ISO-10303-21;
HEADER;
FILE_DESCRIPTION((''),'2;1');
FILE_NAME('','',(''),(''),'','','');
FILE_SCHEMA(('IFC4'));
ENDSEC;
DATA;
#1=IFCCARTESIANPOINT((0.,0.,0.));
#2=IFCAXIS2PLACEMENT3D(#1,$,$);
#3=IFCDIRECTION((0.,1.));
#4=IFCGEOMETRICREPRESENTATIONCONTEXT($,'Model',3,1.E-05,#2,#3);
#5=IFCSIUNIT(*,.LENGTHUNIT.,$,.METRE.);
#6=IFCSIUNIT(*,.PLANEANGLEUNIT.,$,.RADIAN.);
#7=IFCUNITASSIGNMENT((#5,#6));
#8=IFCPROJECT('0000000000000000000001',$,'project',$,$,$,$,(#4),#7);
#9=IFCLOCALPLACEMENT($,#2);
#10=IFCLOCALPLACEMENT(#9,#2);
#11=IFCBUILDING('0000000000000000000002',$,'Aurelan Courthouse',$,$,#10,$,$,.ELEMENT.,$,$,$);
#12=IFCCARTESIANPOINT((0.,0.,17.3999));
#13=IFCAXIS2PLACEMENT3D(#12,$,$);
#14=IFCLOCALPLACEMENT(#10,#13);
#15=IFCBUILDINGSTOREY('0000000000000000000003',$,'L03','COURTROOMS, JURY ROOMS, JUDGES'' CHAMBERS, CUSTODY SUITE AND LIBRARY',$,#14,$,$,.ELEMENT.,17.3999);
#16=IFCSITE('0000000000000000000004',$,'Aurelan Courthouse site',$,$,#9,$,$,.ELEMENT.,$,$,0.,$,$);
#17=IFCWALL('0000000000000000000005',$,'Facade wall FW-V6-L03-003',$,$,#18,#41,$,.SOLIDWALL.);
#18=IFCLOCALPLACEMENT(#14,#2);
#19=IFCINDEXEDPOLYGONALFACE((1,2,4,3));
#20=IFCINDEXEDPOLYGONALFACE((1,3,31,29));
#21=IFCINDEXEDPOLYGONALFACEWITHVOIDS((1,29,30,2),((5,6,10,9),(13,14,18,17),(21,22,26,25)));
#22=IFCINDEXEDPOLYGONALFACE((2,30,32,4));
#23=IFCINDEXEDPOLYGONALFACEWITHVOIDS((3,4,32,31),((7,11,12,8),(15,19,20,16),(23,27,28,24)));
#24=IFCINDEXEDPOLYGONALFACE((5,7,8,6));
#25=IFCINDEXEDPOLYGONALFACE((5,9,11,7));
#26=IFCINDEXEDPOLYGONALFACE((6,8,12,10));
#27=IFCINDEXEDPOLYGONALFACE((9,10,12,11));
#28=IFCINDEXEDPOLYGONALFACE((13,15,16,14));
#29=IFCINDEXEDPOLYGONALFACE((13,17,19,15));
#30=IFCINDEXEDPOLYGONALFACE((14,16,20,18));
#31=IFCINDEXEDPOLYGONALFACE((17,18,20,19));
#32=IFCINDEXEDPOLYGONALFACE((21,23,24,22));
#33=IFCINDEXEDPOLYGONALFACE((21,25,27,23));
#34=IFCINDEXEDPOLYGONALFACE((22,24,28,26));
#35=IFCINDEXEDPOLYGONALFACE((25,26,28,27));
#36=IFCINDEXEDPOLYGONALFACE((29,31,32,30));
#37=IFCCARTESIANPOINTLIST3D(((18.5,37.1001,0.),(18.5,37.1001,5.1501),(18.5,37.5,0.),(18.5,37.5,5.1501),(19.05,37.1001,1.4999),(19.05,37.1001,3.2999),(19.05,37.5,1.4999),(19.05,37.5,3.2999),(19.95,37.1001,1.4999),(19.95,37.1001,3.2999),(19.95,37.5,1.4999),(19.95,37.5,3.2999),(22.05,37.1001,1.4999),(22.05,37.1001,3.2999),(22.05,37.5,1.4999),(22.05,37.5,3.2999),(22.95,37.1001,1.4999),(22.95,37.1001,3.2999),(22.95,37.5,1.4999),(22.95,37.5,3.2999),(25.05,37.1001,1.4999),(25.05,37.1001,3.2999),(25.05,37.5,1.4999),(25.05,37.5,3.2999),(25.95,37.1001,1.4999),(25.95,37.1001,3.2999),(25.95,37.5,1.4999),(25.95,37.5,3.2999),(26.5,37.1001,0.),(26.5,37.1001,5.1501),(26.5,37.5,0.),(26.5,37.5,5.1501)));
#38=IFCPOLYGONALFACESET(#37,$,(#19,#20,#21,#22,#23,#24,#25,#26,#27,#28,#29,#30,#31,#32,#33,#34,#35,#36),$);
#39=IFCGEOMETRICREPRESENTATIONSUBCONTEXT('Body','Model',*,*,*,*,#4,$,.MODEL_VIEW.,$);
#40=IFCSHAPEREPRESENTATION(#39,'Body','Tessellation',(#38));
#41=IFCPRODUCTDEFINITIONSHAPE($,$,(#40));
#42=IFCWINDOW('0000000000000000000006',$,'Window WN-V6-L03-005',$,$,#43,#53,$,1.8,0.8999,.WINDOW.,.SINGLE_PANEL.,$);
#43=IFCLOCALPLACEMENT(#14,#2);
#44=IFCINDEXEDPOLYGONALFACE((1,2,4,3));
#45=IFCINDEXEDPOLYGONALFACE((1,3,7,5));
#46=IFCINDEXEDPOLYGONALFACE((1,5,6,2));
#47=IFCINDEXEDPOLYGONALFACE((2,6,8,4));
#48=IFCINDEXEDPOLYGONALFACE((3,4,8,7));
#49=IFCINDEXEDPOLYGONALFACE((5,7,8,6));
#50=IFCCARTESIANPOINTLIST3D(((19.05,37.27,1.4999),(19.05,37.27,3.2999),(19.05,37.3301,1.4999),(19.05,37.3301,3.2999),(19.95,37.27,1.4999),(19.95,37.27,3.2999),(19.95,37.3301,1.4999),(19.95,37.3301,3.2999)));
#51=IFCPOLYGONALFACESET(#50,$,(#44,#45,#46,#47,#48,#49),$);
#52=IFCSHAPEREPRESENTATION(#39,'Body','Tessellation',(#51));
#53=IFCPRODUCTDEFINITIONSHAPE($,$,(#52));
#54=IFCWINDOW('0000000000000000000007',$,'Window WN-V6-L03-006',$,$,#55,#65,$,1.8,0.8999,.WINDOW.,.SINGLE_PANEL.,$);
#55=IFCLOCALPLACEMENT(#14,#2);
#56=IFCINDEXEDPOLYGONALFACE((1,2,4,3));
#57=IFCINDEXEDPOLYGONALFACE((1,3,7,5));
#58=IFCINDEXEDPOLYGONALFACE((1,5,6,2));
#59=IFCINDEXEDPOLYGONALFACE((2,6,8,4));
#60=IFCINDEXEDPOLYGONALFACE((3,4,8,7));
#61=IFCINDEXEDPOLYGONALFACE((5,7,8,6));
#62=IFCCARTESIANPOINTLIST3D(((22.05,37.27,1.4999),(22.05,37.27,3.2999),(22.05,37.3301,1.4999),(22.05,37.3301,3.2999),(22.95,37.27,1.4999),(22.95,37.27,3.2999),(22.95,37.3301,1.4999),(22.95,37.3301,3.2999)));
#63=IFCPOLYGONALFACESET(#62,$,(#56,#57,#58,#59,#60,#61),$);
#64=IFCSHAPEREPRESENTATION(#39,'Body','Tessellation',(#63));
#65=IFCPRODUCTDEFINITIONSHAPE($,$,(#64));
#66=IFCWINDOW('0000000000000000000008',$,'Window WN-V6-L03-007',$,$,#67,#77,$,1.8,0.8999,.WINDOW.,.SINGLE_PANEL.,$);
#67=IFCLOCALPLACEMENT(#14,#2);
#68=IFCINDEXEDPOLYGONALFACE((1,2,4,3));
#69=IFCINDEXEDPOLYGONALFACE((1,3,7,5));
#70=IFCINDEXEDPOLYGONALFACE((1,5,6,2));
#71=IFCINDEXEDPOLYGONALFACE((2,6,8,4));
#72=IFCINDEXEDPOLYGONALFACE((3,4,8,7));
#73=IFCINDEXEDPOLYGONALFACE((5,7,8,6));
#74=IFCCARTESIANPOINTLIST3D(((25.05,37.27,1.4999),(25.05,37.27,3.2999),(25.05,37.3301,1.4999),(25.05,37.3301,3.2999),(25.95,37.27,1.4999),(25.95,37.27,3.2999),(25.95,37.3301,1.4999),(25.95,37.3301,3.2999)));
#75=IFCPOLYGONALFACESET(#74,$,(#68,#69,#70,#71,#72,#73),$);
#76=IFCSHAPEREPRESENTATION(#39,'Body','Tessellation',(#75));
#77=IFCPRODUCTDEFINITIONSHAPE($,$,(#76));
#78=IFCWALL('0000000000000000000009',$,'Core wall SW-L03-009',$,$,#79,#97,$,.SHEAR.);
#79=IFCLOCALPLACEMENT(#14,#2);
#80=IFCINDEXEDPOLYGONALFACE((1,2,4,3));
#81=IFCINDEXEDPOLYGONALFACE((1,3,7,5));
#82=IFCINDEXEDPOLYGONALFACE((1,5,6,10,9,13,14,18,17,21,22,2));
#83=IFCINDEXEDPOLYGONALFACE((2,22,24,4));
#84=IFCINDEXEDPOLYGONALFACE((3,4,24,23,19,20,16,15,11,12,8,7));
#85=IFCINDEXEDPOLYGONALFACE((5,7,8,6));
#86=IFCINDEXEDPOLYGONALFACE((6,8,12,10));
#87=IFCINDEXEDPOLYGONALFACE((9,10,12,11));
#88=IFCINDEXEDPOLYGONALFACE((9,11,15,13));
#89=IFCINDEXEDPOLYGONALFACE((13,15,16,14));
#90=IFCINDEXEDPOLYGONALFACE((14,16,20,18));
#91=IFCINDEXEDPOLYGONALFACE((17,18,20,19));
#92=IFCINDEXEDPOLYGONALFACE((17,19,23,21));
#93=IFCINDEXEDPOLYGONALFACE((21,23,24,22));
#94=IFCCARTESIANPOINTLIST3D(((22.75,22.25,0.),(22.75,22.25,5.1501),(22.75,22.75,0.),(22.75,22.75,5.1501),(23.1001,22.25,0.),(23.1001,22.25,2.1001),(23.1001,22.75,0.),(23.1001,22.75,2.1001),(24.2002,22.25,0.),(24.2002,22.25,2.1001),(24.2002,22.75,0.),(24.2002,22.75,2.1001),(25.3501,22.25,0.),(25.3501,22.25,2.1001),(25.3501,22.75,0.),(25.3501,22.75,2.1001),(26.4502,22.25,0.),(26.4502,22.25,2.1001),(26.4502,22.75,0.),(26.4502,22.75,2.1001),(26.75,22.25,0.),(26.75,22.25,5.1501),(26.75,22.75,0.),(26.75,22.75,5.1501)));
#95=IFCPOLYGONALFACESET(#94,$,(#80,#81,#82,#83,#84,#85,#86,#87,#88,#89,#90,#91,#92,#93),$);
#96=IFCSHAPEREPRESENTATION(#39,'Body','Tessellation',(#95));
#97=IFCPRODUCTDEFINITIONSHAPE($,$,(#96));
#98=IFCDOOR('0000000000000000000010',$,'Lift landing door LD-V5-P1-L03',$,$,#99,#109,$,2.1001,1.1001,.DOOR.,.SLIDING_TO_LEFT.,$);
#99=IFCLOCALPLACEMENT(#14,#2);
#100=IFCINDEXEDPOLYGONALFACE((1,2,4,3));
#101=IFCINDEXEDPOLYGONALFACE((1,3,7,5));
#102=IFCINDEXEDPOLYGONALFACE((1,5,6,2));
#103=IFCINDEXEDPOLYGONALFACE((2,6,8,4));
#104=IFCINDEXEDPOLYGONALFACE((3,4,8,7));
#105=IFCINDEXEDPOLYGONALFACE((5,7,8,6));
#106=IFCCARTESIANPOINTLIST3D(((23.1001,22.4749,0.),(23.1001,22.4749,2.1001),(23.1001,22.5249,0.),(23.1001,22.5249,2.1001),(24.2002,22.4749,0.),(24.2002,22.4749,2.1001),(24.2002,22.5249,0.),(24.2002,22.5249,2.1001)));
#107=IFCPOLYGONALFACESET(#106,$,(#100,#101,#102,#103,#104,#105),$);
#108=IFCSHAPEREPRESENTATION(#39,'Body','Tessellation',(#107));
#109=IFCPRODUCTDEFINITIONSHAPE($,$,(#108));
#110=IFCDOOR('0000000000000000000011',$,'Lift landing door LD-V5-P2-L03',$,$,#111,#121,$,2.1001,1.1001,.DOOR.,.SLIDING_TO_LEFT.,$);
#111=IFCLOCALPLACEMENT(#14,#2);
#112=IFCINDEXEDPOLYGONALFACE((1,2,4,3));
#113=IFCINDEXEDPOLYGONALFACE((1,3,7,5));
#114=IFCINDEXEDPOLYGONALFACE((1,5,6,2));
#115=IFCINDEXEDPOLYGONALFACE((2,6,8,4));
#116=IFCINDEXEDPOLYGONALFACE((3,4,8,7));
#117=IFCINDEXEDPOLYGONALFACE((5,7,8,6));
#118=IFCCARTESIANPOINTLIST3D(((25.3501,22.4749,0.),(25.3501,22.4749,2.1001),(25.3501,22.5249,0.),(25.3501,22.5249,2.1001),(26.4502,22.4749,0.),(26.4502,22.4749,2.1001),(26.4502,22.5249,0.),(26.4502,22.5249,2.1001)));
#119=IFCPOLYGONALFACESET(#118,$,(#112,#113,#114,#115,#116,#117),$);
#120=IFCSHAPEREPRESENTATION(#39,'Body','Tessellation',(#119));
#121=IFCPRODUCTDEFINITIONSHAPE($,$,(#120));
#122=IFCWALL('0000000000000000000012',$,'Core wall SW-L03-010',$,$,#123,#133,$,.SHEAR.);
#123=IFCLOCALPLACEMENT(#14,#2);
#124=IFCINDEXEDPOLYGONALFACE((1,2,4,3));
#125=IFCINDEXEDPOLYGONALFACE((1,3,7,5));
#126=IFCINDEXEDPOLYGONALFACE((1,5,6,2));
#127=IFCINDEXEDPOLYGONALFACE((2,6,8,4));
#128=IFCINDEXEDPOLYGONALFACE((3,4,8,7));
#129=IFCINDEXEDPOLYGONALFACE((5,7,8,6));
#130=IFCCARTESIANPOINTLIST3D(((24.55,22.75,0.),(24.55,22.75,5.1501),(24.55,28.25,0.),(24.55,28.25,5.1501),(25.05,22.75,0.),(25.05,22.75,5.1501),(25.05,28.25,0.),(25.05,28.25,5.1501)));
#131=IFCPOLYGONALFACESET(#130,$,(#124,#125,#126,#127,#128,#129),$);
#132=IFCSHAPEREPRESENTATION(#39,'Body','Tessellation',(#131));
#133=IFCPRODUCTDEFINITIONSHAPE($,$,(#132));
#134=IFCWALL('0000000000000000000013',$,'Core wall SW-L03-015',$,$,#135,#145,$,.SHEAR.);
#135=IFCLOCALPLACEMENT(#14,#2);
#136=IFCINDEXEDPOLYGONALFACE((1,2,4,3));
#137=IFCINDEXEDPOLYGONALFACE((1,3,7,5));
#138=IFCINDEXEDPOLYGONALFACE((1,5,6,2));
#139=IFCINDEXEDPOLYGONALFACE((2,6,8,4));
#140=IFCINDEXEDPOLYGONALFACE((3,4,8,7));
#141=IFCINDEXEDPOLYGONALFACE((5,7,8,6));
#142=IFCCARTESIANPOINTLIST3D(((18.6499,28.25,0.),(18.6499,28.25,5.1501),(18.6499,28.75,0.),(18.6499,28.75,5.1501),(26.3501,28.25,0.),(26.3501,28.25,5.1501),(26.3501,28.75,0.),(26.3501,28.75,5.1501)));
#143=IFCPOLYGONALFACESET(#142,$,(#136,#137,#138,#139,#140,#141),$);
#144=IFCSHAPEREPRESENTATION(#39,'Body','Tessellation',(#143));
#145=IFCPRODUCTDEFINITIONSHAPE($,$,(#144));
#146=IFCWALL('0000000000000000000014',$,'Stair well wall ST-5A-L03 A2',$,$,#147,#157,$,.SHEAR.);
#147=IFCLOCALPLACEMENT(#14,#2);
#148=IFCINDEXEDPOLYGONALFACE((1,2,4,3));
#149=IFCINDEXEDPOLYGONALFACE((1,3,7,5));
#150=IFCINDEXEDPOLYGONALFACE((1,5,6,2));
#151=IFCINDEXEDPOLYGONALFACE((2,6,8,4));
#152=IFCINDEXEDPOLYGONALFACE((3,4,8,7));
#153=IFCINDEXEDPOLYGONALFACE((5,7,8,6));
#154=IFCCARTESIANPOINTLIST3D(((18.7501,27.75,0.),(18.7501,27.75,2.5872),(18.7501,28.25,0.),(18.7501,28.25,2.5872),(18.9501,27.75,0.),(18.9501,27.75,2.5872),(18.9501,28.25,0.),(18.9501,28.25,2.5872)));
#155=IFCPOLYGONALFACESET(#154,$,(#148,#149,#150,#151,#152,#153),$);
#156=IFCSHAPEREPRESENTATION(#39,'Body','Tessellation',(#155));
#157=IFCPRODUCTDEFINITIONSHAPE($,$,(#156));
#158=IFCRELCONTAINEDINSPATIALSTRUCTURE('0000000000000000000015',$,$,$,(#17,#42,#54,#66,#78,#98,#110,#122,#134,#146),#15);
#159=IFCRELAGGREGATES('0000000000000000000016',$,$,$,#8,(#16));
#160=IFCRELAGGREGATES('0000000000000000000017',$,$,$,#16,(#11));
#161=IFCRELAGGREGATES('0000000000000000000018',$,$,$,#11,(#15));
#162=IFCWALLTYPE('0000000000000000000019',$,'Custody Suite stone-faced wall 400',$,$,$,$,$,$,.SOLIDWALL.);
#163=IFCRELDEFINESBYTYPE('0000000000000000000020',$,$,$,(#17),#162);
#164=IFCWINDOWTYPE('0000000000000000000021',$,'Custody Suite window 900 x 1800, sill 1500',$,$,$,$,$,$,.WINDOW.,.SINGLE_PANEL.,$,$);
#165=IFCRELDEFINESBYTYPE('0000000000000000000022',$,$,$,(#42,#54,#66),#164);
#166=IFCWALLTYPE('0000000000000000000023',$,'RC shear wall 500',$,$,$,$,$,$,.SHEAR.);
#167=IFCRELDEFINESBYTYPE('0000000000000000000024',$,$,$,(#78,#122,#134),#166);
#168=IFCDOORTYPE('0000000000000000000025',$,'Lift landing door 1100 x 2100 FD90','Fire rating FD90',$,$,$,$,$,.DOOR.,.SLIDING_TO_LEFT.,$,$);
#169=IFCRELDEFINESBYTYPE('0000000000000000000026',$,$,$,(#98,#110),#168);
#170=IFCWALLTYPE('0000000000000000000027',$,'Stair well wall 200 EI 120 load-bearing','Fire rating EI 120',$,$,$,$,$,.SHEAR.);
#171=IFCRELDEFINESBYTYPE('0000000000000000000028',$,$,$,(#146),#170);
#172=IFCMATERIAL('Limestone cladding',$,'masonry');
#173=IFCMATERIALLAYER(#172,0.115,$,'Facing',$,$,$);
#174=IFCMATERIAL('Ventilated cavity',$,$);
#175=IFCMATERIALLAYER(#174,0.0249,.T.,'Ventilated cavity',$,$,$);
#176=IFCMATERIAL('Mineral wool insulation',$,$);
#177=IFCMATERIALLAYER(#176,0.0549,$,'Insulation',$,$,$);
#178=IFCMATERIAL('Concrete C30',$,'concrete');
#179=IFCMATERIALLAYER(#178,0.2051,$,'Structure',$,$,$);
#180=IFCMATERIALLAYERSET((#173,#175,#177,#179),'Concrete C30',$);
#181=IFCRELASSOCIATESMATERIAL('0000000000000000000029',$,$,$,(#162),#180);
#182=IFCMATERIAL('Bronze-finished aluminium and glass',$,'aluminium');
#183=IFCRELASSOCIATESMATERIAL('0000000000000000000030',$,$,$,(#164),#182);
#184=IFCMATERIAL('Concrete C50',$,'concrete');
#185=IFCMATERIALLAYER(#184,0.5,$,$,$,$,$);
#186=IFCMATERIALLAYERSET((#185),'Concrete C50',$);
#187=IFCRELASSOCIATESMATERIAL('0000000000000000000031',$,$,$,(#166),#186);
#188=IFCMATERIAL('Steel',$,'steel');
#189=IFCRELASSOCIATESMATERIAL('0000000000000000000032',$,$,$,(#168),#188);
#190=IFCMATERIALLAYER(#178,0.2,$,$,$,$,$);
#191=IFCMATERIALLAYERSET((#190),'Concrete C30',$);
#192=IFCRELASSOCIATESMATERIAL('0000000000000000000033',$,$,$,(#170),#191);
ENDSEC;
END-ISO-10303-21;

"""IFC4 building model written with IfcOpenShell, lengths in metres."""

from ifc_helpers import new_model, si_unit, direction, frame, frame_2d, origin, place, context, subcontext, project, spatial, rectangle, extrude, material, layer, layer_set, type_object, element, fill, save


model = new_model("IFC4")

# Units and contexts
model_context = context("Model", 3, precision=1e-05, world=origin(), true_north=direction((0.0, 1.0)))
body_context = subcontext(model_context, "Body", "Model", "MODEL_VIEW")
ifc_project = project(units=[si_unit("LENGTHUNIT", "METRE"), si_unit("PLANEANGLEUNIT", "RADIAN")], contexts=[model_context])

# Site, building, storey
site_placement = place(None, origin())
site = spatial("IfcSite", under=ifc_project, at=site_placement, Name="Aurelan Courthouse site", CompositionType="ELEMENT", RefElevation=0.0)
building_placement = place(site_placement, origin())
building = spatial("IfcBuilding", under=site, at=building_placement, Name="Aurelan Courthouse", CompositionType="ELEMENT")
storey_placement = place(building_placement, frame((0.0, 0.0, 17.3999)))
storey = spatial("IfcBuildingStorey", under=building, at=storey_placement, Name="L03", Description="COURTROOMS, JURY ROOMS, JUDGES' CHAMBERS, CUSTODY SUITE AND LIBRARY", CompositionType="ELEMENT", Elevation=17.3999)

# Shared definitions
ifc_material_1 = material(Name="Concrete C50", Category="concrete")

# Shared definitions
ifc_material_2 = material(Name="Limestone cladding", Category="masonry")
ifc_material_3 = material(Name="Ventilated cavity")
ifc_material_4 = material(Name="Mineral wool insulation")
ifc_material_5 = material(Name="Concrete C30", Category="concrete")

# Shared definitions
ifc_layer_1 = layer(ifc_material_2, 0.115, Name="Facing")
ifc_layer_2 = layer(ifc_material_3, 0.0249, ventilated=True, Name="Ventilated cavity")
ifc_layer_3 = layer(ifc_material_4, 0.0549, Name="Insulation")
ifc_layer_4 = layer(ifc_material_5, 0.2051, Name="Structure")
ifc_layer_set_1 = layer_set([ifc_layer_1, ifc_layer_2, ifc_layer_3, ifc_layer_4], Name="Concrete C30")
wall_type_1 = type_object("IfcWallType", Name="Custody Suite stone-faced wall 400", PredefinedType="SOLIDWALL", material=ifc_layer_set_1)

# Wall, openings, windows
wall_1_placement = place(storey_placement, frame((18.5, 37.3, 0.0), z_axis=(0.0, 0.0, 1.0), x_axis=(1.0, 0.0, 0.0)))
wall_1 = element("IfcWall", 1, at=wall_1_placement, inside=storey, type_object=wall_type_1, Name="Facade wall FW-V6-L03-003", PredefinedType="SOLIDWALL", context=body_context, shape_type="SweptSolid", body=[
    extrude(rectangle(XDim=8.0, YDim=0.3999, at=frame_2d((4.0, 0.0))), origin(), (0.0, 0.0, 1.0), 5.1501),
])
opening_1_placement = place(wall_1_placement, frame((0.55, 0.0, 1.5)))
opening_1 = element("IfcOpeningElement", 2, at=opening_1_placement, cuts=wall_1, PredefinedType="OPENING", context=body_context, shape_type="SweptSolid", body=[
    extrude(rectangle(XDim=0.8999, YDim=1.8, at=frame_2d((0.45, 0.8999))), frame((0.0, 0.21, 0.0), z_axis=(0.0, -1.0, 0.0), x_axis=(1.0, 0.0, 0.0)), (0.0, 0.0, 1.0), 0.4199),
])
opening_2_placement = place(wall_1_placement, frame((3.55, 0.0, 1.5)))
opening_2 = element("IfcOpeningElement", 3, at=opening_2_placement, cuts=wall_1, PredefinedType="OPENING", context=body_context, shape_type="SweptSolid", body=[
    extrude(rectangle(XDim=0.8999, YDim=1.8, at=frame_2d((0.45, 0.8999))), frame((0.0, 0.21, 0.0), z_axis=(0.0, -1.0, 0.0), x_axis=(1.0, 0.0, 0.0)), (0.0, 0.0, 1.0), 0.4199),
])
opening_3_placement = place(wall_1_placement, frame((6.55, 0.0, 1.5)))
opening_3 = element("IfcOpeningElement", 4, at=opening_3_placement, cuts=wall_1, PredefinedType="OPENING", context=body_context, shape_type="SweptSolid", body=[
    extrude(rectangle(XDim=0.8999, YDim=1.8, at=frame_2d((0.45, 0.8999))), frame((0.0, 0.21, 0.0), z_axis=(0.0, -1.0, 0.0), x_axis=(1.0, 0.0, 0.0)), (0.0, 0.0, 1.0), 0.4199),
])
ifc_material_6 = material(Name="Bronze-finished aluminium and glass", Category="aluminium")
window_type_1 = type_object("IfcWindowType", Name="Custody Suite window 900 x 1800, sill 1500", PartitioningType="SINGLE_PANEL", PredefinedType="WINDOW", material=ifc_material_6)
window_1_placement = place(opening_1_placement, origin())
window_1 = element("IfcWindow", 5, at=window_1_placement, inside=storey, type_object=window_type_1, Name="Window WN-V6-L03-005", OverallHeight=1.8, OverallWidth=0.8999, PartitioningType="SINGLE_PANEL", PredefinedType="WINDOW", context=body_context, shape_type="SweptSolid", body=[
    extrude(rectangle(XDim=0.8999, YDim=1.8, at=frame_2d((0.45, 0.8999))), frame((0.0, 0.03, 0.0), z_axis=(0.0, -1.0, 0.0), x_axis=(1.0, 0.0, 0.0)), (0.0, 0.0, 1.0), 0.0601),
])
fill(opening_1, window_1)
window_2_placement = place(opening_2_placement, origin())
window_2 = element("IfcWindow", 6, at=window_2_placement, inside=storey, type_object=window_type_1, Name="Window WN-V6-L03-006", OverallHeight=1.8, OverallWidth=0.8999, PartitioningType="SINGLE_PANEL", PredefinedType="WINDOW", context=body_context, shape_type="SweptSolid", body=[
    extrude(rectangle(XDim=0.8999, YDim=1.8, at=frame_2d((0.45, 0.8999))), frame((0.0, 0.03, 0.0), z_axis=(0.0, -1.0, 0.0), x_axis=(1.0, 0.0, 0.0)), (0.0, 0.0, 1.0), 0.0601),
])
fill(opening_2, window_2)
window_3_placement = place(opening_3_placement, origin())
window_3 = element("IfcWindow", 7, at=window_3_placement, inside=storey, type_object=window_type_1, Name="Window WN-V6-L03-007", OverallHeight=1.8, OverallWidth=0.8999, PartitioningType="SINGLE_PANEL", PredefinedType="WINDOW", context=body_context, shape_type="SweptSolid", body=[
    extrude(rectangle(XDim=0.8999, YDim=1.8, at=frame_2d((0.45, 0.8999))), frame((0.0, 0.03, 0.0), z_axis=(0.0, -1.0, 0.0), x_axis=(1.0, 0.0, 0.0)), (0.0, 0.0, 1.0), 0.0601),
])
fill(opening_3, window_3)

# Wall, openings, doors
ifc_layer_5 = layer(ifc_material_1, 0.5)
ifc_layer_set_2 = layer_set([ifc_layer_5], Name="Concrete C50")
wall_type_2 = type_object("IfcWallType", Name="RC shear wall 500", PredefinedType="SHEAR", material=ifc_layer_set_2)
wall_2_placement = place(storey_placement, frame((22.75, 22.5, 0.0), z_axis=(0.0, 0.0, 1.0), x_axis=(1.0, 0.0, 0.0)))
wall_2 = element("IfcWall", 8, at=wall_2_placement, inside=storey, type_object=wall_type_2, Name="Core wall SW-L03-009", PredefinedType="SHEAR", context=body_context, shape_type="SweptSolid", body=[
    extrude(rectangle(XDim=4.0, YDim=0.5, at=frame_2d((2.0, 0.0))), origin(), (0.0, 0.0, 1.0), 5.1501),
])
opening_4_placement = place(wall_2_placement, frame((0.3501, 0.0, 0.0)))
opening_4 = element("IfcOpeningElement", 9, at=opening_4_placement, cuts=wall_2, PredefinedType="OPENING", context=body_context, shape_type="SweptSolid", body=[
    extrude(rectangle(XDim=1.1001, YDim=2.1001, at=frame_2d((0.55, 1.05))), frame((0.0, 0.26, 0.0), z_axis=(0.0, -1.0, 0.0), x_axis=(1.0, 0.0, 0.0)), (0.0, 0.0, 1.0), 0.52),
])
opening_5_placement = place(wall_2_placement, frame((2.6001, 0.0, 0.0)))
opening_5 = element("IfcOpeningElement", 10, at=opening_5_placement, cuts=wall_2, PredefinedType="OPENING", context=body_context, shape_type="SweptSolid", body=[
    extrude(rectangle(XDim=1.1001, YDim=2.1001, at=frame_2d((0.55, 1.05))), frame((0.0, 0.26, 0.0), z_axis=(0.0, -1.0, 0.0), x_axis=(1.0, 0.0, 0.0)), (0.0, 0.0, 1.0), 0.52),
])
ifc_material_7 = material(Name="Steel", Category="steel")
door_type = type_object("IfcDoorType", Name="Lift landing door 1100 x 2100 FD90", Description="Fire rating FD90", OperationType="SLIDING_TO_LEFT", PredefinedType="DOOR", material=ifc_material_7)
door_1_placement = place(opening_4_placement, origin())
door_1 = element("IfcDoor", 11, at=door_1_placement, inside=storey, type_object=door_type, Name="Lift landing door LD-V5-P1-L03", OperationType="SLIDING_TO_LEFT", OverallHeight=2.1001, OverallWidth=1.1001, PredefinedType="DOOR", context=body_context, shape_type="SweptSolid", body=[
    extrude(rectangle(XDim=1.1001, YDim=2.1001, at=frame_2d((0.55, 1.05))), frame((0.0, 0.0249, 0.0), z_axis=(0.0, -1.0, 0.0), x_axis=(1.0, 0.0, 0.0)), (0.0, 0.0, 1.0), 0.05),
])
fill(opening_4, door_1)
door_2_placement = place(opening_5_placement, origin())
door_2 = element("IfcDoor", 12, at=door_2_placement, inside=storey, type_object=door_type, Name="Lift landing door LD-V5-P2-L03", OperationType="SLIDING_TO_LEFT", OverallHeight=2.1001, OverallWidth=1.1001, PredefinedType="DOOR", context=body_context, shape_type="SweptSolid", body=[
    extrude(rectangle(XDim=1.1001, YDim=2.1001, at=frame_2d((0.55, 1.05))), frame((0.0, 0.0249, 0.0), z_axis=(0.0, -1.0, 0.0), x_axis=(1.0, 0.0, 0.0)), (0.0, 0.0, 1.0), 0.05),
])
fill(opening_5, door_2)

# Walls
wall_3_placement = place(storey_placement, frame((24.8, 22.75, 0.0), z_axis=(0.0, 0.0, 1.0), x_axis=(0.0, 1.0, 0.0)))
element("IfcWall", 13, at=wall_3_placement, inside=storey, type_object=wall_type_2, Name="Core wall SW-L03-010", PredefinedType="SHEAR", context=body_context, shape_type="SweptSolid", body=[
    extrude(rectangle(XDim=5.5, YDim=0.5, at=frame_2d((2.75, 0.0))), origin(), (0.0, 0.0, 1.0), 5.1501),
])
wall_4_placement = place(storey_placement, frame((18.6499, 28.5, 0.0), z_axis=(0.0, 0.0, 1.0), x_axis=(1.0, 0.0, 0.0)))
element("IfcWall", 14, at=wall_4_placement, inside=storey, type_object=wall_type_2, Name="Core wall SW-L03-015", PredefinedType="SHEAR", context=body_context, shape_type="SweptSolid", body=[
    extrude(rectangle(XDim=7.7002, YDim=0.5, at=frame_2d((3.8501, 0.0))), origin(), (0.0, 0.0, 1.0), 5.1501),
])
ifc_layer_6 = layer(ifc_material_5, 0.2)
ifc_layer_set_3 = layer_set([ifc_layer_6], Name="Concrete C30")
wall_type_3 = type_object("IfcWallType", Name="Stair well wall 200 EI 120 load-bearing", Description="Fire rating EI 120", PredefinedType="SHEAR", material=ifc_layer_set_3)
wall_5_placement = place(storey_placement, frame((18.8501, 27.75, 0.0), z_axis=(0.0, 0.0, 1.0), x_axis=(0.0, 1.0, 0.0)))
element("IfcWall", 15, at=wall_5_placement, inside=storey, type_object=wall_type_3, Name="Stair well wall ST-5A-L03 A2", PredefinedType="SHEAR", context=body_context, shape_type="SweptSolid", body=[
    extrude(rectangle(XDim=0.5, YDim=0.2, at=frame_2d((0.25, 0.0))), origin(), (0.0, 0.0, 1.0), 2.5872),
])

save(model, "model.ifc")
